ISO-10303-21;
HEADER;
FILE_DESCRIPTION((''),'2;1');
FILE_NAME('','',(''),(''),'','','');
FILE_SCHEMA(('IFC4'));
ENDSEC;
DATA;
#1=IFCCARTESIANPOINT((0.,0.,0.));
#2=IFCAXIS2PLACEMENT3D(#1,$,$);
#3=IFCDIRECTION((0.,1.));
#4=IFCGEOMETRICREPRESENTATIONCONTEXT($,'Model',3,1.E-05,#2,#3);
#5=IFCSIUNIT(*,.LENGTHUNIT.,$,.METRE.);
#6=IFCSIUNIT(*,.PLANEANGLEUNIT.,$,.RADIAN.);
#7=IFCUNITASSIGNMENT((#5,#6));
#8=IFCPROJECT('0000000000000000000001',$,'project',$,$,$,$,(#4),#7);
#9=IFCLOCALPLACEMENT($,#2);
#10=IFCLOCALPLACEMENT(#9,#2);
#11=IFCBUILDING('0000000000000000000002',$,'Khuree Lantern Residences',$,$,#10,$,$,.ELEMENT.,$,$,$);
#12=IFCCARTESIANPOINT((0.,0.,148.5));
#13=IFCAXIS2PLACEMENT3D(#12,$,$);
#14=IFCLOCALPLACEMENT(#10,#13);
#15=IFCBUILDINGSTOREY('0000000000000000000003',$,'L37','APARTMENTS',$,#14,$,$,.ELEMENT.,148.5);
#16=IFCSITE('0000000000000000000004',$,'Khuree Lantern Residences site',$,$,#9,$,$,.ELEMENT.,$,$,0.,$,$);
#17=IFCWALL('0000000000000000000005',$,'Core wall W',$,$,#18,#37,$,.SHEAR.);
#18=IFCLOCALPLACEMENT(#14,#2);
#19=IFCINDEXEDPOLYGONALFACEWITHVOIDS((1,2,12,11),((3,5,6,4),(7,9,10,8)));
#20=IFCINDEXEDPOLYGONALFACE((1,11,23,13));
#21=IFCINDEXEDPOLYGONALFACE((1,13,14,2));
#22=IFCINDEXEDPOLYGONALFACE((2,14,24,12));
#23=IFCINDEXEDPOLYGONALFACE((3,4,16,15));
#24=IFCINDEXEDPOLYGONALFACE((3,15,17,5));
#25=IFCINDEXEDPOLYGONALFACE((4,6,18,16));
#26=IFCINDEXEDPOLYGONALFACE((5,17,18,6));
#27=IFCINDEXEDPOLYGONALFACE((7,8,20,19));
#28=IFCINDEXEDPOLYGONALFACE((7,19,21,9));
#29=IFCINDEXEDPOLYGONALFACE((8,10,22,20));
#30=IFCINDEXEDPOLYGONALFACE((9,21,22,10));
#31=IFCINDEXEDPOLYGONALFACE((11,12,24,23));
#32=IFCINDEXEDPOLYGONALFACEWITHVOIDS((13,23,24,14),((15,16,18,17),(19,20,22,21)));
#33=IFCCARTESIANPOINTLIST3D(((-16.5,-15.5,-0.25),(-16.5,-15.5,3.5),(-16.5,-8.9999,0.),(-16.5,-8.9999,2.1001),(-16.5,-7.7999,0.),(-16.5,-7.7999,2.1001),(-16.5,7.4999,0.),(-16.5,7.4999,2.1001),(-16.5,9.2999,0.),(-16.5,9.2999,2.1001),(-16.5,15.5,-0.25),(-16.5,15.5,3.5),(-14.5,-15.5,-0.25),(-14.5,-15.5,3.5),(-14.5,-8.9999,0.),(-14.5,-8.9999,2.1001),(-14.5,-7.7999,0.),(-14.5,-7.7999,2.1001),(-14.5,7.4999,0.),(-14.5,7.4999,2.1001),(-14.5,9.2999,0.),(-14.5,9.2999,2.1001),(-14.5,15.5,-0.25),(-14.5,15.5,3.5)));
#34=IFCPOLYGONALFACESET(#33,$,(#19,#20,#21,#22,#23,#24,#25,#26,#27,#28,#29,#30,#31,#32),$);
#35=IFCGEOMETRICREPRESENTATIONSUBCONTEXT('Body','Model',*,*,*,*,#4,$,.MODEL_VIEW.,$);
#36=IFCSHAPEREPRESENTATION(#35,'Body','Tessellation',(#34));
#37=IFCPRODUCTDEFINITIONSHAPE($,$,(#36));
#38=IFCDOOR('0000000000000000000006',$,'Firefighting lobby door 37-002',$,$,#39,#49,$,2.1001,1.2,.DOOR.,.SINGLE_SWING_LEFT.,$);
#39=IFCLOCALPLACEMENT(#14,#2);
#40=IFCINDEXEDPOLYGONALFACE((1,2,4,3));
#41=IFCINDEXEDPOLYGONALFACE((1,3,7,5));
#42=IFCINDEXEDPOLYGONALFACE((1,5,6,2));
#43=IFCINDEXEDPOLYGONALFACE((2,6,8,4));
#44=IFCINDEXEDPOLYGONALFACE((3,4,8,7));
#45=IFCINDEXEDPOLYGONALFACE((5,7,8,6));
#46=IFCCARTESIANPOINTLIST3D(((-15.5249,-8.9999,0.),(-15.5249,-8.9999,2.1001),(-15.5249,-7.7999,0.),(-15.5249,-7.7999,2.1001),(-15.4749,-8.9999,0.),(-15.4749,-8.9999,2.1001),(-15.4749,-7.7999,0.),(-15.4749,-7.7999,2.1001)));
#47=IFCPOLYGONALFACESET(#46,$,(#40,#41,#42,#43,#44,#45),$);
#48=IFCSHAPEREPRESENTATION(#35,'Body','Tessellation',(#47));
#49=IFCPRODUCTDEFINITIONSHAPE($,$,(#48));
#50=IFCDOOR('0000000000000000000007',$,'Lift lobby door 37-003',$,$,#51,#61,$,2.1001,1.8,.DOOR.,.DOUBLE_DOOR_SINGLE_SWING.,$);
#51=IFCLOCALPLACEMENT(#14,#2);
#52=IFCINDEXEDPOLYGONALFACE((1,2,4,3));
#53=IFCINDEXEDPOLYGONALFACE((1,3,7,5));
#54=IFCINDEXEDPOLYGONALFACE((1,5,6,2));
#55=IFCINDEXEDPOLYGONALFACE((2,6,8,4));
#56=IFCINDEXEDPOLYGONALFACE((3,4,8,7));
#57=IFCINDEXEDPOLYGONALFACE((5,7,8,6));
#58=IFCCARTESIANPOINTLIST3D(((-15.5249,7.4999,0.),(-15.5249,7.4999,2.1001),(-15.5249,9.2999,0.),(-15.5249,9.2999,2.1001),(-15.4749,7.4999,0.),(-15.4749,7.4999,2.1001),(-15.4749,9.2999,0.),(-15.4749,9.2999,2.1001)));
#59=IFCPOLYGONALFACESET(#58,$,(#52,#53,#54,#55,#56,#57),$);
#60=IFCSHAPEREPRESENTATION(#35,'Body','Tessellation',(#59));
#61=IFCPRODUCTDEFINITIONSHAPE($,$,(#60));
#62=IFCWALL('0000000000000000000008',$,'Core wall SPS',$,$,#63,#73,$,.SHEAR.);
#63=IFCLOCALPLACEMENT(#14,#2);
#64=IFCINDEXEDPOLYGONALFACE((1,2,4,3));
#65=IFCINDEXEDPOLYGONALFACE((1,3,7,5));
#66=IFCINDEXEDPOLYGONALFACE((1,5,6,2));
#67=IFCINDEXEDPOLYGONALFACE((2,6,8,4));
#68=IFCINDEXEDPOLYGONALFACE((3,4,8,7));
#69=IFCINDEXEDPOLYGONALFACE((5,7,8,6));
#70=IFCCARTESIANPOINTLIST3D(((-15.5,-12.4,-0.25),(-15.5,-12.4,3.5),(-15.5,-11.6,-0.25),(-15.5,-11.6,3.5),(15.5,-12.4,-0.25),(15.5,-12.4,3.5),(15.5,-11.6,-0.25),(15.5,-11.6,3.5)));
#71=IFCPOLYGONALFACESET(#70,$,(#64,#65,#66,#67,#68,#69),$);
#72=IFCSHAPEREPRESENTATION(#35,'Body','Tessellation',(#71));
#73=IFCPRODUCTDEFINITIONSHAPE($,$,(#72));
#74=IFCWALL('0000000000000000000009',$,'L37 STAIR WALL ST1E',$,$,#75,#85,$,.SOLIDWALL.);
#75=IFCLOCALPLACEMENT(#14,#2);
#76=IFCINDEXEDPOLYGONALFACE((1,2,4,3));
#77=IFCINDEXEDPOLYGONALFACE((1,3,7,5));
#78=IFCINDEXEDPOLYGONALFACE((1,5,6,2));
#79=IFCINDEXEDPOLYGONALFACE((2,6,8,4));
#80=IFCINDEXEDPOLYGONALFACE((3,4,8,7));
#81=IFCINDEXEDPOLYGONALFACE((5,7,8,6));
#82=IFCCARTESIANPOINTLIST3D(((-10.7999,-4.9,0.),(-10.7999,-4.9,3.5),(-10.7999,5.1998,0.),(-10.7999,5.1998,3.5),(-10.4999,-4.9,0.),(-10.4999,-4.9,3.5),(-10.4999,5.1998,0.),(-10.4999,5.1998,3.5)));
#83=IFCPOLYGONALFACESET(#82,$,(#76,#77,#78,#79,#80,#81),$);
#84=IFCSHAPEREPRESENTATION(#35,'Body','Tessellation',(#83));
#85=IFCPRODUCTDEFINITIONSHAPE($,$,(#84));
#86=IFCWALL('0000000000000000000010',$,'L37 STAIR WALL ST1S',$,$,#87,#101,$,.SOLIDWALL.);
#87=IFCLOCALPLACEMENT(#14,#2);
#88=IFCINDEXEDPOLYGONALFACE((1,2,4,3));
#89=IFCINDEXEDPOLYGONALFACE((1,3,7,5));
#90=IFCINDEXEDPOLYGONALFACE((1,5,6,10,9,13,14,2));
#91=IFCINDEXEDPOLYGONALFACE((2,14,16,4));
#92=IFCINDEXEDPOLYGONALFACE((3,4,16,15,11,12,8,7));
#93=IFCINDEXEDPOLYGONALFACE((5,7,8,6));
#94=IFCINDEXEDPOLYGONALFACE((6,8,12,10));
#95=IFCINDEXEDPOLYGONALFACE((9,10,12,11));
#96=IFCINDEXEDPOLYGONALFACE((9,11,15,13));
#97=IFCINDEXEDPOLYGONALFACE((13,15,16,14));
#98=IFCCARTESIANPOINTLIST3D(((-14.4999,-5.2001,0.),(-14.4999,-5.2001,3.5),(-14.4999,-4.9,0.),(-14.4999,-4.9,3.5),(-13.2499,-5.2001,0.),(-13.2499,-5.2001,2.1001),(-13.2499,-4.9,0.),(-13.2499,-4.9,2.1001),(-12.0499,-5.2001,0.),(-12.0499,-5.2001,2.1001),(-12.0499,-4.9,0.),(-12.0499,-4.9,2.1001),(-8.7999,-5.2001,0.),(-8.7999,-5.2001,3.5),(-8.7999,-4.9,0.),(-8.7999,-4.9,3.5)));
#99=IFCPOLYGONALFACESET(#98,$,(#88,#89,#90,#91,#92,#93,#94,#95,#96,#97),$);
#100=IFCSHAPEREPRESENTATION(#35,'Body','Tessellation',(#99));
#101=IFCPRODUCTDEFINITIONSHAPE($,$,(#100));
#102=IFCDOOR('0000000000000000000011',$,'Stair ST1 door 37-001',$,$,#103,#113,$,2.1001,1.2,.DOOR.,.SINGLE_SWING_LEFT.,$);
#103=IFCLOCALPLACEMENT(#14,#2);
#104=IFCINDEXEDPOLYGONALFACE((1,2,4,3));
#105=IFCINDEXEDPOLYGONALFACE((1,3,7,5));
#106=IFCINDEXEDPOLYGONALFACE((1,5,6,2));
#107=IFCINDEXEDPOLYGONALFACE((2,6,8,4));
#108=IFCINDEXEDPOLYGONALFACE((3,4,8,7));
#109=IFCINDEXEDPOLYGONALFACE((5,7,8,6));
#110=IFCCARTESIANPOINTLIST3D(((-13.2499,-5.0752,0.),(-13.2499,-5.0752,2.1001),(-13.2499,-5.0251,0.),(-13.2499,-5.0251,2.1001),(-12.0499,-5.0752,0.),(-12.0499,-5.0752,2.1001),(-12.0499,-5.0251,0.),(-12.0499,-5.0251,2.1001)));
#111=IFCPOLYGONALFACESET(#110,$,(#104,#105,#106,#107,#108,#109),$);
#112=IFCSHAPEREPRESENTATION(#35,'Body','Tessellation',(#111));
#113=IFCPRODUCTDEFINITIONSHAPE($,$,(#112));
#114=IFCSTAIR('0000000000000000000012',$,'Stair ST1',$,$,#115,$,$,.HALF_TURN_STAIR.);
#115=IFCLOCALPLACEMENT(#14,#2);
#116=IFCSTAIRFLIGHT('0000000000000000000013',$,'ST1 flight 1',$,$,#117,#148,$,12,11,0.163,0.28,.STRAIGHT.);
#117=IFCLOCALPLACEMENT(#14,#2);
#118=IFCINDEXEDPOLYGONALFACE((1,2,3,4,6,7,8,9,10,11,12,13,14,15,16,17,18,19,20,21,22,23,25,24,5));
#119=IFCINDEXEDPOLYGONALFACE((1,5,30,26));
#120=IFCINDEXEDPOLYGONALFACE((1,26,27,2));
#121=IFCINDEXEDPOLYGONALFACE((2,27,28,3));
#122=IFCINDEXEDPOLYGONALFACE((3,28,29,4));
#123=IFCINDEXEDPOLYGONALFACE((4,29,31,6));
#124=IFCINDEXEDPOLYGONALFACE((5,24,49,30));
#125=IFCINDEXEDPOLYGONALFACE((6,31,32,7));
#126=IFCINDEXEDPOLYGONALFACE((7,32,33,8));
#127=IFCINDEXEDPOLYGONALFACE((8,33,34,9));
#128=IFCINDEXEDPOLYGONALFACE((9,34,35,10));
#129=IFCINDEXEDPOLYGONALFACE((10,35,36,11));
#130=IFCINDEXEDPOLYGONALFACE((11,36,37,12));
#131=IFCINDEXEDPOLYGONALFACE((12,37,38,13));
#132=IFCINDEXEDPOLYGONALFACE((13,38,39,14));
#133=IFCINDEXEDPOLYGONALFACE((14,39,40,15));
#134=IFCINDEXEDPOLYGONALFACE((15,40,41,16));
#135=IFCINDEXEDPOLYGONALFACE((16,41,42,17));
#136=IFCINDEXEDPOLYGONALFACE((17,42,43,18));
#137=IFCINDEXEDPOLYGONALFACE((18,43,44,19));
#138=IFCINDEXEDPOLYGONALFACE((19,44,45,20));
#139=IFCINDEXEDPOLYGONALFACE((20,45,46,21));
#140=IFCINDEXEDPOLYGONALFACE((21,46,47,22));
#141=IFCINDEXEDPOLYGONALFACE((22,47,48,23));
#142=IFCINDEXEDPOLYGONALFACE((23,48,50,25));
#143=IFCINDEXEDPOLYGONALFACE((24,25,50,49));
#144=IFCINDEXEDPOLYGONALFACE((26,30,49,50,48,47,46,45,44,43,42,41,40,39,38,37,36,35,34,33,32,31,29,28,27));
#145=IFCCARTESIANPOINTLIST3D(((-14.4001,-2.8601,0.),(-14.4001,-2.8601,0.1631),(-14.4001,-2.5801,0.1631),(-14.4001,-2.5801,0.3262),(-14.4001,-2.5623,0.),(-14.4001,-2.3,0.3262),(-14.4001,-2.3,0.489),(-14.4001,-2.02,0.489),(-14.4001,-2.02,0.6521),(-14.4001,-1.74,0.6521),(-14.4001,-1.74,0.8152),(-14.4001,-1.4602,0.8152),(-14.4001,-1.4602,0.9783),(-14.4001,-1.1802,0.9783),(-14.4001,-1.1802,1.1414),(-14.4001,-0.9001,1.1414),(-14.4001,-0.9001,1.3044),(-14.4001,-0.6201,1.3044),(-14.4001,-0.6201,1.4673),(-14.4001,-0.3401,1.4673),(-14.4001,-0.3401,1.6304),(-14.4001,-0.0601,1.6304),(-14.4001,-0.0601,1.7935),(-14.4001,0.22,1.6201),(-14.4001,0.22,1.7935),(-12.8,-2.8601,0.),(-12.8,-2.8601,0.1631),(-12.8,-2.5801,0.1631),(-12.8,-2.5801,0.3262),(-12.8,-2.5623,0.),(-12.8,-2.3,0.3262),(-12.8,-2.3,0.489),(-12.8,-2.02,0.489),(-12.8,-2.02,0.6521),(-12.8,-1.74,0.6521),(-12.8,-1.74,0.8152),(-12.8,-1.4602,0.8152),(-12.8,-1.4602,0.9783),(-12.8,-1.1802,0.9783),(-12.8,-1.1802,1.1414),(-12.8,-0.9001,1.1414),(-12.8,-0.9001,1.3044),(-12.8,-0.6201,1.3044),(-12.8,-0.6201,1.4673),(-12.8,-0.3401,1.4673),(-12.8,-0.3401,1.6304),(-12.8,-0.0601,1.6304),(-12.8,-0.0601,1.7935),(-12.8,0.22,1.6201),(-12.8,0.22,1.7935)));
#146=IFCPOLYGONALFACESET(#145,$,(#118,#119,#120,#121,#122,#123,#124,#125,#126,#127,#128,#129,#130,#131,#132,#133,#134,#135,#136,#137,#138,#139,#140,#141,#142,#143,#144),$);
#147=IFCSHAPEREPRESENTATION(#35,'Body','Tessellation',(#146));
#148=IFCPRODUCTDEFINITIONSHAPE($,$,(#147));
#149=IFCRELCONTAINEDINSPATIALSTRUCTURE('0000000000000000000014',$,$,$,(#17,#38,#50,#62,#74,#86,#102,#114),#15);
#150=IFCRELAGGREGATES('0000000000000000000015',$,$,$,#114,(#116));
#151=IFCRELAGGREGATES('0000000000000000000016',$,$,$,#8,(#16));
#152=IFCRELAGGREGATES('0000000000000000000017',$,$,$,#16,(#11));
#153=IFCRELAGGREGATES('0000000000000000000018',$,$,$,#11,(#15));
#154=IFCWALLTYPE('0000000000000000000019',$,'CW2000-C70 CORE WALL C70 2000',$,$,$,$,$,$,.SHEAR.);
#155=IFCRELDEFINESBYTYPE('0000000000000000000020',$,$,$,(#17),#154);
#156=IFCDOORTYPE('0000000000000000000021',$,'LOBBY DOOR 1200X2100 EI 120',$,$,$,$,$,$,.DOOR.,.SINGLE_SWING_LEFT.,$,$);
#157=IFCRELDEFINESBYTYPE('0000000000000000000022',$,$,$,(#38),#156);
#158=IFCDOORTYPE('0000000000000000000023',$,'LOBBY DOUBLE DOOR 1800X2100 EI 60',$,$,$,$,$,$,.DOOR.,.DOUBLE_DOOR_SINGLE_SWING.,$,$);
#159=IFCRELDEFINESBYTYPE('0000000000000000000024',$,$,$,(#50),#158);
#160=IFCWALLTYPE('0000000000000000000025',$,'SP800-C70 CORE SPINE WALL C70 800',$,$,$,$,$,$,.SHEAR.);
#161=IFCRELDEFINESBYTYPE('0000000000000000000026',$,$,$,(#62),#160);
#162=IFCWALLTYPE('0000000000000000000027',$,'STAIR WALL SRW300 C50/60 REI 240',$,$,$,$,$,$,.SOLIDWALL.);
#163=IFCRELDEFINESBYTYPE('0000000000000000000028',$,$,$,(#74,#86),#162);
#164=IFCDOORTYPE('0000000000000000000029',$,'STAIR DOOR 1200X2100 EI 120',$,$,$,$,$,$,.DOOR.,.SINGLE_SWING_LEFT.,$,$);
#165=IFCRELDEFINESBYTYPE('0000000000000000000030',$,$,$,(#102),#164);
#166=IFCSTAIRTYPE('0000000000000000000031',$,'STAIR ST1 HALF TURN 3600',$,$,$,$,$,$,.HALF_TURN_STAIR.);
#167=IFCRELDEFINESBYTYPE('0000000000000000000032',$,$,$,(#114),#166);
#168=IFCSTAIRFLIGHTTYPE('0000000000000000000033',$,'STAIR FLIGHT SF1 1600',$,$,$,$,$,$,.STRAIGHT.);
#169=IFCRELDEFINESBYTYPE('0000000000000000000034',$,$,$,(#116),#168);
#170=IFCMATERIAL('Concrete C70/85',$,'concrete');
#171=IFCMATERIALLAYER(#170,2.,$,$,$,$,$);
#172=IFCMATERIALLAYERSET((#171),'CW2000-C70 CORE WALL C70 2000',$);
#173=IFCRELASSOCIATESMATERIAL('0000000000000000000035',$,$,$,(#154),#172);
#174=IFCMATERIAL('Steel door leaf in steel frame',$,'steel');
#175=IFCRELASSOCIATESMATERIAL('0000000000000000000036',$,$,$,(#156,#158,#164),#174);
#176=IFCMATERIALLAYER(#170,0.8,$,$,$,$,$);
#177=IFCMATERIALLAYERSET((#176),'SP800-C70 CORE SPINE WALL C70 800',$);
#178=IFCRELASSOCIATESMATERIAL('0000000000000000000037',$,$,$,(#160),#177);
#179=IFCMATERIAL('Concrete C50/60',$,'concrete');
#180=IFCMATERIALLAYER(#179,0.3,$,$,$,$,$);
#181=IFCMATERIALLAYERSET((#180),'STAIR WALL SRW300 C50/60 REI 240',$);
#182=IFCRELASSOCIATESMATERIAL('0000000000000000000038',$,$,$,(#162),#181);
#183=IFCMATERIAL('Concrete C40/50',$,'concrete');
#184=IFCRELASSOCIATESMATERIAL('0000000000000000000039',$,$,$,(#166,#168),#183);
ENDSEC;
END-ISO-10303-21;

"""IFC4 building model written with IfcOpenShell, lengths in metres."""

from ifc_helpers import new_model, si_unit, direction, frame, frame_2d, origin, place, context, subcontext, project, spatial, polyline, rectangle, outline, extrude, material, layer, layer_set, type_object, element, fill, aggregate, save


model = new_model("IFC4")

# Units and contexts
model_context = context("Model", 3, precision=1e-05, world=origin(), true_north=direction((0.0, 1.0)))
body_context = subcontext(model_context, "Body", "Model", "MODEL_VIEW")
ifc_project = project(units=[si_unit("LENGTHUNIT", "METRE"), si_unit("PLANEANGLEUNIT", "RADIAN")], contexts=[model_context])

# Site, building, storey
site_placement = place(None, origin())
site = spatial("IfcSite", under=ifc_project, at=site_placement, Name="Khuree Lantern Residences site", CompositionType="ELEMENT", RefElevation=0.0)
building_placement = place(site_placement, origin())
building = spatial("IfcBuilding", under=site, at=building_placement, Name="Khuree Lantern Residences", CompositionType="ELEMENT")
storey_placement = place(building_placement, frame((0.0, 0.0, 148.5)))
storey = spatial("IfcBuildingStorey", under=building, at=storey_placement, Name="L37", Description="APARTMENTS", CompositionType="ELEMENT", Elevation=148.5)

# Shared definitions
ifc_material_1 = material(Name="Concrete C70/85", Category="concrete")

# Wall, openings, doors
ifc_layer_1 = layer(ifc_material_1, 2.0)
ifc_layer_set_1 = layer_set([ifc_layer_1], Name="CW2000-C70 CORE WALL C70 2000")
wall_type_1 = type_object("IfcWallType", Name="CW2000-C70 CORE WALL C70 2000", PredefinedType="SHEAR", material=ifc_layer_set_1)
wall_1_placement = place(storey_placement, frame((-15.5, -15.5, -0.25), z_axis=(0.0, 0.0, 1.0), x_axis=(0.0, 1.0, 0.0)))
wall_1 = element("IfcWall", 1, at=wall_1_placement, inside=storey, type_object=wall_type_1, Name="Core wall W", PredefinedType="SHEAR", context=body_context, shape_type="SweptSolid", body=[
    extrude(rectangle(XDim=31.0, YDim=2.0, at=frame_2d((15.5, 0.0))), origin(), (0.0, 0.0, 1.0), 3.75),
])
opening_1_placement = place(wall_1_placement, frame((6.5, 0.0, 0.25)))
opening_1 = element("IfcOpeningElement", 2, at=opening_1_placement, cuts=wall_1, PredefinedType="OPENING", context=body_context, shape_type="SweptSolid", body=[
    extrude(rectangle(XDim=1.2, YDim=2.1001, at=frame_2d((0.6001, 1.05))), frame((0.0, 1.01, 0.0), z_axis=(0.0, -1.0, 0.0), x_axis=(1.0, 0.0, 0.0)), (0.0, 0.0, 1.0), 2.02),
])
opening_2_placement = place(wall_1_placement, frame((23.0, 0.0, 0.25)))
opening_2 = element("IfcOpeningElement", 3, at=opening_2_placement, cuts=wall_1, PredefinedType="OPENING", context=body_context, shape_type="SweptSolid", body=[
    extrude(rectangle(XDim=1.8, YDim=2.1001, at=frame_2d((0.8999, 1.05))), frame((0.0, 1.01, 0.0), z_axis=(0.0, -1.0, 0.0), x_axis=(1.0, 0.0, 0.0)), (0.0, 0.0, 1.0), 2.02),
])
ifc_material_2 = material(Name="Steel door leaf in steel frame", Category="steel")
door_type_1 = type_object("IfcDoorType", Name="LOBBY DOOR 1200X2100 EI 120", OperationType="SINGLE_SWING_LEFT", PredefinedType="DOOR", material=ifc_material_2)
door_1_placement = place(opening_1_placement, origin())
door_1 = element("IfcDoor", 4, at=door_1_placement, inside=storey, type_object=door_type_1, Name="Firefighting lobby door 37-002", OperationType="SINGLE_SWING_LEFT", OverallHeight=2.1001, OverallWidth=1.2, PredefinedType="DOOR", context=body_context, shape_type="SweptSolid", body=[
    extrude(rectangle(XDim=1.2, YDim=2.1001, at=frame_2d((0.6001, 1.05))), frame((0.0, 0.0249, 0.0), z_axis=(0.0, -1.0, 0.0), x_axis=(1.0, 0.0, 0.0)), (0.0, 0.0, 1.0), 0.05),
])
fill(opening_1, door_1)
door_type_2 = type_object("IfcDoorType", Name="LOBBY DOUBLE DOOR 1800X2100 EI 60", OperationType="DOUBLE_DOOR_SINGLE_SWING", PredefinedType="DOOR", material=ifc_material_2)
door_2_placement = place(opening_2_placement, origin())
door_2 = element("IfcDoor", 5, at=door_2_placement, inside=storey, type_object=door_type_2, Name="Lift lobby door 37-003", OperationType="DOUBLE_DOOR_SINGLE_SWING", OverallHeight=2.1001, OverallWidth=1.8, PredefinedType="DOOR", context=body_context, shape_type="SweptSolid", body=[
    extrude(rectangle(XDim=1.8, YDim=2.1001, at=frame_2d((0.8999, 1.05))), frame((0.0, 0.0249, 0.0), z_axis=(0.0, -1.0, 0.0), x_axis=(1.0, 0.0, 0.0)), (0.0, 0.0, 1.0), 0.05),
])
fill(opening_2, door_2)

# Walls
ifc_layer_2 = layer(ifc_material_1, 0.8)
ifc_layer_set_2 = layer_set([ifc_layer_2], Name="SP800-C70 CORE SPINE WALL C70 800")
wall_type_2 = type_object("IfcWallType", Name="SP800-C70 CORE SPINE WALL C70 800", PredefinedType="SHEAR", material=ifc_layer_set_2)
wall_2_placement = place(storey_placement, frame((-15.5, -12.0, -0.25), z_axis=(0.0, 0.0, 1.0), x_axis=(1.0, 0.0, 0.0)))
element("IfcWall", 6, at=wall_2_placement, inside=storey, type_object=wall_type_2, Name="Core wall SPS", PredefinedType="SHEAR", context=body_context, shape_type="SweptSolid", body=[
    extrude(rectangle(XDim=31.0, YDim=0.8, at=frame_2d((15.5, 0.0))), origin(), (0.0, 0.0, 1.0), 3.75),
])
ifc_material_3 = material(Name="Concrete C50/60", Category="concrete")
ifc_layer_3 = layer(ifc_material_3, 0.3)
ifc_layer_set_3 = layer_set([ifc_layer_3], Name="STAIR WALL SRW300 C50/60 REI 240")
wall_type_3 = type_object("IfcWallType", Name="STAIR WALL SRW300 C50/60 REI 240", PredefinedType="SOLIDWALL", material=ifc_layer_set_3)
wall_3_placement = place(storey_placement, frame((-10.6499, -4.8999, 0.0), z_axis=(0.0, 0.0, 1.0), x_axis=(0.0, 1.0, 0.0)))
element("IfcWall", 7, at=wall_3_placement, inside=storey, type_object=wall_type_3, Name="L37 STAIR WALL ST1E", PredefinedType="SOLIDWALL", context=body_context, shape_type="SweptSolid", body=[
    extrude(rectangle(XDim=10.0999, YDim=0.3, at=frame_2d((5.0498, 0.0))), origin(), (0.0, 0.0, 1.0), 3.5),
])

# Wall, opening, door
wall_4_placement = place(storey_placement, frame((-14.5, -5.05, 0.0), z_axis=(0.0, 0.0, 1.0), x_axis=(1.0, 0.0, 0.0)))
wall_4 = element("IfcWall", 8, at=wall_4_placement, inside=storey, type_object=wall_type_3, Name="L37 STAIR WALL ST1S", PredefinedType="SOLIDWALL", context=body_context, shape_type="SweptSolid", body=[
    extrude(rectangle(XDim=5.7, YDim=0.3, at=frame_2d((2.8501, 0.0))), origin(), (0.0, 0.0, 1.0), 3.5),
])
opening_3_placement = place(wall_4_placement, frame((1.25, 0.0, 0.0)))
opening_3 = element("IfcOpeningElement", 9, at=opening_3_placement, cuts=wall_4, PredefinedType="OPENING", context=body_context, shape_type="SweptSolid", body=[
    extrude(rectangle(XDim=1.2, YDim=2.1001, at=frame_2d((0.6001, 1.05))), frame((0.0, 0.1602, 0.0), z_axis=(0.0, -1.0, 0.0), x_axis=(1.0, 0.0, 0.0)), (0.0, 0.0, 1.0), 0.3201),
])
door_type_3 = type_object("IfcDoorType", Name="STAIR DOOR 1200X2100 EI 120", OperationType="SINGLE_SWING_LEFT", PredefinedType="DOOR", material=ifc_material_2)
door_3_placement = place(opening_3_placement, origin())
door_3 = element("IfcDoor", 10, at=door_3_placement, inside=storey, type_object=door_type_3, Name="Stair ST1 door 37-001", OperationType="SINGLE_SWING_LEFT", OverallHeight=2.1001, OverallWidth=1.2, PredefinedType="DOOR", context=body_context, shape_type="SweptSolid", body=[
    extrude(rectangle(XDim=1.2, YDim=2.1001, at=frame_2d((0.6001, 1.05))), frame((0.0, 0.0249, 0.0), z_axis=(0.0, -1.0, 0.0), x_axis=(1.0, 0.0, 0.0)), (0.0, 0.0, 1.0), 0.05),
])
fill(opening_3, door_3)

# Stair, stair flight
ifc_material_4 = material(Name="Concrete C40/50", Category="concrete")
stair_type = type_object("IfcStairType", Name="STAIR ST1 HALF TURN 3600", PredefinedType="HALF_TURN_STAIR", material=ifc_material_4)
stair_placement = place(storey_placement, origin())
stair = element("IfcStair", 11, at=stair_placement, inside=storey, type_object=stair_type, Name="Stair ST1", PredefinedType="HALF_TURN_STAIR")
stair_flight_type = type_object("IfcStairFlightType", Name="STAIR FLIGHT SF1 1600", PredefinedType="STRAIGHT", material=ifc_material_4)
stair_flight_placement = place(storey_placement, frame((-13.6001, -2.8601, 0.0), z_axis=(0.0, 0.0, 1.0), x_axis=(0.0, 1.0, 0.0)))
stair_flight = element("IfcStairFlight", 12, at=stair_flight_placement, type_object=stair_flight_type, Name="ST1 flight 1", NumberOfRisers=12, NumberOfTreads=11, PredefinedType="STRAIGHT", RiserHeight=0.163, TreadLength=0.28, context=body_context, shape_type="SweptSolid", body=[
    extrude(outline(polyline([(0.0, 0.0), (0.0, 0.1631), (0.28, 0.1631), (0.28, 0.3262), (0.5601, 0.3262), (0.5601, 0.489), (0.8401, 0.489), (0.8401, 0.6521), (1.1201, 0.6521), (1.1201, 0.8152), (1.3999, 0.8152), (1.3999, 0.9783), (1.6799, 0.9783), (1.6799, 1.1414), (1.96, 1.1414), (1.96, 1.3044), (2.24, 1.3044), (2.24, 1.4673), (2.52, 1.4673), (2.52, 1.6304), (2.8, 1.6304), (2.8, 1.7935), (3.0801, 1.7935), (3.0801, 1.9565), (3.0801, 1.6201), (0.2979, 0.0), (0.0, 0.0)])), frame((0.0, 0.8, 0.0), z_axis=(0.0, -1.0, 0.0), x_axis=(1.0, 0.0, 0.0)), (0.0, 0.0, 1.0), 1.6001),
])
aggregate(stair, [stair_flight])

save(model, "model.ifc")
